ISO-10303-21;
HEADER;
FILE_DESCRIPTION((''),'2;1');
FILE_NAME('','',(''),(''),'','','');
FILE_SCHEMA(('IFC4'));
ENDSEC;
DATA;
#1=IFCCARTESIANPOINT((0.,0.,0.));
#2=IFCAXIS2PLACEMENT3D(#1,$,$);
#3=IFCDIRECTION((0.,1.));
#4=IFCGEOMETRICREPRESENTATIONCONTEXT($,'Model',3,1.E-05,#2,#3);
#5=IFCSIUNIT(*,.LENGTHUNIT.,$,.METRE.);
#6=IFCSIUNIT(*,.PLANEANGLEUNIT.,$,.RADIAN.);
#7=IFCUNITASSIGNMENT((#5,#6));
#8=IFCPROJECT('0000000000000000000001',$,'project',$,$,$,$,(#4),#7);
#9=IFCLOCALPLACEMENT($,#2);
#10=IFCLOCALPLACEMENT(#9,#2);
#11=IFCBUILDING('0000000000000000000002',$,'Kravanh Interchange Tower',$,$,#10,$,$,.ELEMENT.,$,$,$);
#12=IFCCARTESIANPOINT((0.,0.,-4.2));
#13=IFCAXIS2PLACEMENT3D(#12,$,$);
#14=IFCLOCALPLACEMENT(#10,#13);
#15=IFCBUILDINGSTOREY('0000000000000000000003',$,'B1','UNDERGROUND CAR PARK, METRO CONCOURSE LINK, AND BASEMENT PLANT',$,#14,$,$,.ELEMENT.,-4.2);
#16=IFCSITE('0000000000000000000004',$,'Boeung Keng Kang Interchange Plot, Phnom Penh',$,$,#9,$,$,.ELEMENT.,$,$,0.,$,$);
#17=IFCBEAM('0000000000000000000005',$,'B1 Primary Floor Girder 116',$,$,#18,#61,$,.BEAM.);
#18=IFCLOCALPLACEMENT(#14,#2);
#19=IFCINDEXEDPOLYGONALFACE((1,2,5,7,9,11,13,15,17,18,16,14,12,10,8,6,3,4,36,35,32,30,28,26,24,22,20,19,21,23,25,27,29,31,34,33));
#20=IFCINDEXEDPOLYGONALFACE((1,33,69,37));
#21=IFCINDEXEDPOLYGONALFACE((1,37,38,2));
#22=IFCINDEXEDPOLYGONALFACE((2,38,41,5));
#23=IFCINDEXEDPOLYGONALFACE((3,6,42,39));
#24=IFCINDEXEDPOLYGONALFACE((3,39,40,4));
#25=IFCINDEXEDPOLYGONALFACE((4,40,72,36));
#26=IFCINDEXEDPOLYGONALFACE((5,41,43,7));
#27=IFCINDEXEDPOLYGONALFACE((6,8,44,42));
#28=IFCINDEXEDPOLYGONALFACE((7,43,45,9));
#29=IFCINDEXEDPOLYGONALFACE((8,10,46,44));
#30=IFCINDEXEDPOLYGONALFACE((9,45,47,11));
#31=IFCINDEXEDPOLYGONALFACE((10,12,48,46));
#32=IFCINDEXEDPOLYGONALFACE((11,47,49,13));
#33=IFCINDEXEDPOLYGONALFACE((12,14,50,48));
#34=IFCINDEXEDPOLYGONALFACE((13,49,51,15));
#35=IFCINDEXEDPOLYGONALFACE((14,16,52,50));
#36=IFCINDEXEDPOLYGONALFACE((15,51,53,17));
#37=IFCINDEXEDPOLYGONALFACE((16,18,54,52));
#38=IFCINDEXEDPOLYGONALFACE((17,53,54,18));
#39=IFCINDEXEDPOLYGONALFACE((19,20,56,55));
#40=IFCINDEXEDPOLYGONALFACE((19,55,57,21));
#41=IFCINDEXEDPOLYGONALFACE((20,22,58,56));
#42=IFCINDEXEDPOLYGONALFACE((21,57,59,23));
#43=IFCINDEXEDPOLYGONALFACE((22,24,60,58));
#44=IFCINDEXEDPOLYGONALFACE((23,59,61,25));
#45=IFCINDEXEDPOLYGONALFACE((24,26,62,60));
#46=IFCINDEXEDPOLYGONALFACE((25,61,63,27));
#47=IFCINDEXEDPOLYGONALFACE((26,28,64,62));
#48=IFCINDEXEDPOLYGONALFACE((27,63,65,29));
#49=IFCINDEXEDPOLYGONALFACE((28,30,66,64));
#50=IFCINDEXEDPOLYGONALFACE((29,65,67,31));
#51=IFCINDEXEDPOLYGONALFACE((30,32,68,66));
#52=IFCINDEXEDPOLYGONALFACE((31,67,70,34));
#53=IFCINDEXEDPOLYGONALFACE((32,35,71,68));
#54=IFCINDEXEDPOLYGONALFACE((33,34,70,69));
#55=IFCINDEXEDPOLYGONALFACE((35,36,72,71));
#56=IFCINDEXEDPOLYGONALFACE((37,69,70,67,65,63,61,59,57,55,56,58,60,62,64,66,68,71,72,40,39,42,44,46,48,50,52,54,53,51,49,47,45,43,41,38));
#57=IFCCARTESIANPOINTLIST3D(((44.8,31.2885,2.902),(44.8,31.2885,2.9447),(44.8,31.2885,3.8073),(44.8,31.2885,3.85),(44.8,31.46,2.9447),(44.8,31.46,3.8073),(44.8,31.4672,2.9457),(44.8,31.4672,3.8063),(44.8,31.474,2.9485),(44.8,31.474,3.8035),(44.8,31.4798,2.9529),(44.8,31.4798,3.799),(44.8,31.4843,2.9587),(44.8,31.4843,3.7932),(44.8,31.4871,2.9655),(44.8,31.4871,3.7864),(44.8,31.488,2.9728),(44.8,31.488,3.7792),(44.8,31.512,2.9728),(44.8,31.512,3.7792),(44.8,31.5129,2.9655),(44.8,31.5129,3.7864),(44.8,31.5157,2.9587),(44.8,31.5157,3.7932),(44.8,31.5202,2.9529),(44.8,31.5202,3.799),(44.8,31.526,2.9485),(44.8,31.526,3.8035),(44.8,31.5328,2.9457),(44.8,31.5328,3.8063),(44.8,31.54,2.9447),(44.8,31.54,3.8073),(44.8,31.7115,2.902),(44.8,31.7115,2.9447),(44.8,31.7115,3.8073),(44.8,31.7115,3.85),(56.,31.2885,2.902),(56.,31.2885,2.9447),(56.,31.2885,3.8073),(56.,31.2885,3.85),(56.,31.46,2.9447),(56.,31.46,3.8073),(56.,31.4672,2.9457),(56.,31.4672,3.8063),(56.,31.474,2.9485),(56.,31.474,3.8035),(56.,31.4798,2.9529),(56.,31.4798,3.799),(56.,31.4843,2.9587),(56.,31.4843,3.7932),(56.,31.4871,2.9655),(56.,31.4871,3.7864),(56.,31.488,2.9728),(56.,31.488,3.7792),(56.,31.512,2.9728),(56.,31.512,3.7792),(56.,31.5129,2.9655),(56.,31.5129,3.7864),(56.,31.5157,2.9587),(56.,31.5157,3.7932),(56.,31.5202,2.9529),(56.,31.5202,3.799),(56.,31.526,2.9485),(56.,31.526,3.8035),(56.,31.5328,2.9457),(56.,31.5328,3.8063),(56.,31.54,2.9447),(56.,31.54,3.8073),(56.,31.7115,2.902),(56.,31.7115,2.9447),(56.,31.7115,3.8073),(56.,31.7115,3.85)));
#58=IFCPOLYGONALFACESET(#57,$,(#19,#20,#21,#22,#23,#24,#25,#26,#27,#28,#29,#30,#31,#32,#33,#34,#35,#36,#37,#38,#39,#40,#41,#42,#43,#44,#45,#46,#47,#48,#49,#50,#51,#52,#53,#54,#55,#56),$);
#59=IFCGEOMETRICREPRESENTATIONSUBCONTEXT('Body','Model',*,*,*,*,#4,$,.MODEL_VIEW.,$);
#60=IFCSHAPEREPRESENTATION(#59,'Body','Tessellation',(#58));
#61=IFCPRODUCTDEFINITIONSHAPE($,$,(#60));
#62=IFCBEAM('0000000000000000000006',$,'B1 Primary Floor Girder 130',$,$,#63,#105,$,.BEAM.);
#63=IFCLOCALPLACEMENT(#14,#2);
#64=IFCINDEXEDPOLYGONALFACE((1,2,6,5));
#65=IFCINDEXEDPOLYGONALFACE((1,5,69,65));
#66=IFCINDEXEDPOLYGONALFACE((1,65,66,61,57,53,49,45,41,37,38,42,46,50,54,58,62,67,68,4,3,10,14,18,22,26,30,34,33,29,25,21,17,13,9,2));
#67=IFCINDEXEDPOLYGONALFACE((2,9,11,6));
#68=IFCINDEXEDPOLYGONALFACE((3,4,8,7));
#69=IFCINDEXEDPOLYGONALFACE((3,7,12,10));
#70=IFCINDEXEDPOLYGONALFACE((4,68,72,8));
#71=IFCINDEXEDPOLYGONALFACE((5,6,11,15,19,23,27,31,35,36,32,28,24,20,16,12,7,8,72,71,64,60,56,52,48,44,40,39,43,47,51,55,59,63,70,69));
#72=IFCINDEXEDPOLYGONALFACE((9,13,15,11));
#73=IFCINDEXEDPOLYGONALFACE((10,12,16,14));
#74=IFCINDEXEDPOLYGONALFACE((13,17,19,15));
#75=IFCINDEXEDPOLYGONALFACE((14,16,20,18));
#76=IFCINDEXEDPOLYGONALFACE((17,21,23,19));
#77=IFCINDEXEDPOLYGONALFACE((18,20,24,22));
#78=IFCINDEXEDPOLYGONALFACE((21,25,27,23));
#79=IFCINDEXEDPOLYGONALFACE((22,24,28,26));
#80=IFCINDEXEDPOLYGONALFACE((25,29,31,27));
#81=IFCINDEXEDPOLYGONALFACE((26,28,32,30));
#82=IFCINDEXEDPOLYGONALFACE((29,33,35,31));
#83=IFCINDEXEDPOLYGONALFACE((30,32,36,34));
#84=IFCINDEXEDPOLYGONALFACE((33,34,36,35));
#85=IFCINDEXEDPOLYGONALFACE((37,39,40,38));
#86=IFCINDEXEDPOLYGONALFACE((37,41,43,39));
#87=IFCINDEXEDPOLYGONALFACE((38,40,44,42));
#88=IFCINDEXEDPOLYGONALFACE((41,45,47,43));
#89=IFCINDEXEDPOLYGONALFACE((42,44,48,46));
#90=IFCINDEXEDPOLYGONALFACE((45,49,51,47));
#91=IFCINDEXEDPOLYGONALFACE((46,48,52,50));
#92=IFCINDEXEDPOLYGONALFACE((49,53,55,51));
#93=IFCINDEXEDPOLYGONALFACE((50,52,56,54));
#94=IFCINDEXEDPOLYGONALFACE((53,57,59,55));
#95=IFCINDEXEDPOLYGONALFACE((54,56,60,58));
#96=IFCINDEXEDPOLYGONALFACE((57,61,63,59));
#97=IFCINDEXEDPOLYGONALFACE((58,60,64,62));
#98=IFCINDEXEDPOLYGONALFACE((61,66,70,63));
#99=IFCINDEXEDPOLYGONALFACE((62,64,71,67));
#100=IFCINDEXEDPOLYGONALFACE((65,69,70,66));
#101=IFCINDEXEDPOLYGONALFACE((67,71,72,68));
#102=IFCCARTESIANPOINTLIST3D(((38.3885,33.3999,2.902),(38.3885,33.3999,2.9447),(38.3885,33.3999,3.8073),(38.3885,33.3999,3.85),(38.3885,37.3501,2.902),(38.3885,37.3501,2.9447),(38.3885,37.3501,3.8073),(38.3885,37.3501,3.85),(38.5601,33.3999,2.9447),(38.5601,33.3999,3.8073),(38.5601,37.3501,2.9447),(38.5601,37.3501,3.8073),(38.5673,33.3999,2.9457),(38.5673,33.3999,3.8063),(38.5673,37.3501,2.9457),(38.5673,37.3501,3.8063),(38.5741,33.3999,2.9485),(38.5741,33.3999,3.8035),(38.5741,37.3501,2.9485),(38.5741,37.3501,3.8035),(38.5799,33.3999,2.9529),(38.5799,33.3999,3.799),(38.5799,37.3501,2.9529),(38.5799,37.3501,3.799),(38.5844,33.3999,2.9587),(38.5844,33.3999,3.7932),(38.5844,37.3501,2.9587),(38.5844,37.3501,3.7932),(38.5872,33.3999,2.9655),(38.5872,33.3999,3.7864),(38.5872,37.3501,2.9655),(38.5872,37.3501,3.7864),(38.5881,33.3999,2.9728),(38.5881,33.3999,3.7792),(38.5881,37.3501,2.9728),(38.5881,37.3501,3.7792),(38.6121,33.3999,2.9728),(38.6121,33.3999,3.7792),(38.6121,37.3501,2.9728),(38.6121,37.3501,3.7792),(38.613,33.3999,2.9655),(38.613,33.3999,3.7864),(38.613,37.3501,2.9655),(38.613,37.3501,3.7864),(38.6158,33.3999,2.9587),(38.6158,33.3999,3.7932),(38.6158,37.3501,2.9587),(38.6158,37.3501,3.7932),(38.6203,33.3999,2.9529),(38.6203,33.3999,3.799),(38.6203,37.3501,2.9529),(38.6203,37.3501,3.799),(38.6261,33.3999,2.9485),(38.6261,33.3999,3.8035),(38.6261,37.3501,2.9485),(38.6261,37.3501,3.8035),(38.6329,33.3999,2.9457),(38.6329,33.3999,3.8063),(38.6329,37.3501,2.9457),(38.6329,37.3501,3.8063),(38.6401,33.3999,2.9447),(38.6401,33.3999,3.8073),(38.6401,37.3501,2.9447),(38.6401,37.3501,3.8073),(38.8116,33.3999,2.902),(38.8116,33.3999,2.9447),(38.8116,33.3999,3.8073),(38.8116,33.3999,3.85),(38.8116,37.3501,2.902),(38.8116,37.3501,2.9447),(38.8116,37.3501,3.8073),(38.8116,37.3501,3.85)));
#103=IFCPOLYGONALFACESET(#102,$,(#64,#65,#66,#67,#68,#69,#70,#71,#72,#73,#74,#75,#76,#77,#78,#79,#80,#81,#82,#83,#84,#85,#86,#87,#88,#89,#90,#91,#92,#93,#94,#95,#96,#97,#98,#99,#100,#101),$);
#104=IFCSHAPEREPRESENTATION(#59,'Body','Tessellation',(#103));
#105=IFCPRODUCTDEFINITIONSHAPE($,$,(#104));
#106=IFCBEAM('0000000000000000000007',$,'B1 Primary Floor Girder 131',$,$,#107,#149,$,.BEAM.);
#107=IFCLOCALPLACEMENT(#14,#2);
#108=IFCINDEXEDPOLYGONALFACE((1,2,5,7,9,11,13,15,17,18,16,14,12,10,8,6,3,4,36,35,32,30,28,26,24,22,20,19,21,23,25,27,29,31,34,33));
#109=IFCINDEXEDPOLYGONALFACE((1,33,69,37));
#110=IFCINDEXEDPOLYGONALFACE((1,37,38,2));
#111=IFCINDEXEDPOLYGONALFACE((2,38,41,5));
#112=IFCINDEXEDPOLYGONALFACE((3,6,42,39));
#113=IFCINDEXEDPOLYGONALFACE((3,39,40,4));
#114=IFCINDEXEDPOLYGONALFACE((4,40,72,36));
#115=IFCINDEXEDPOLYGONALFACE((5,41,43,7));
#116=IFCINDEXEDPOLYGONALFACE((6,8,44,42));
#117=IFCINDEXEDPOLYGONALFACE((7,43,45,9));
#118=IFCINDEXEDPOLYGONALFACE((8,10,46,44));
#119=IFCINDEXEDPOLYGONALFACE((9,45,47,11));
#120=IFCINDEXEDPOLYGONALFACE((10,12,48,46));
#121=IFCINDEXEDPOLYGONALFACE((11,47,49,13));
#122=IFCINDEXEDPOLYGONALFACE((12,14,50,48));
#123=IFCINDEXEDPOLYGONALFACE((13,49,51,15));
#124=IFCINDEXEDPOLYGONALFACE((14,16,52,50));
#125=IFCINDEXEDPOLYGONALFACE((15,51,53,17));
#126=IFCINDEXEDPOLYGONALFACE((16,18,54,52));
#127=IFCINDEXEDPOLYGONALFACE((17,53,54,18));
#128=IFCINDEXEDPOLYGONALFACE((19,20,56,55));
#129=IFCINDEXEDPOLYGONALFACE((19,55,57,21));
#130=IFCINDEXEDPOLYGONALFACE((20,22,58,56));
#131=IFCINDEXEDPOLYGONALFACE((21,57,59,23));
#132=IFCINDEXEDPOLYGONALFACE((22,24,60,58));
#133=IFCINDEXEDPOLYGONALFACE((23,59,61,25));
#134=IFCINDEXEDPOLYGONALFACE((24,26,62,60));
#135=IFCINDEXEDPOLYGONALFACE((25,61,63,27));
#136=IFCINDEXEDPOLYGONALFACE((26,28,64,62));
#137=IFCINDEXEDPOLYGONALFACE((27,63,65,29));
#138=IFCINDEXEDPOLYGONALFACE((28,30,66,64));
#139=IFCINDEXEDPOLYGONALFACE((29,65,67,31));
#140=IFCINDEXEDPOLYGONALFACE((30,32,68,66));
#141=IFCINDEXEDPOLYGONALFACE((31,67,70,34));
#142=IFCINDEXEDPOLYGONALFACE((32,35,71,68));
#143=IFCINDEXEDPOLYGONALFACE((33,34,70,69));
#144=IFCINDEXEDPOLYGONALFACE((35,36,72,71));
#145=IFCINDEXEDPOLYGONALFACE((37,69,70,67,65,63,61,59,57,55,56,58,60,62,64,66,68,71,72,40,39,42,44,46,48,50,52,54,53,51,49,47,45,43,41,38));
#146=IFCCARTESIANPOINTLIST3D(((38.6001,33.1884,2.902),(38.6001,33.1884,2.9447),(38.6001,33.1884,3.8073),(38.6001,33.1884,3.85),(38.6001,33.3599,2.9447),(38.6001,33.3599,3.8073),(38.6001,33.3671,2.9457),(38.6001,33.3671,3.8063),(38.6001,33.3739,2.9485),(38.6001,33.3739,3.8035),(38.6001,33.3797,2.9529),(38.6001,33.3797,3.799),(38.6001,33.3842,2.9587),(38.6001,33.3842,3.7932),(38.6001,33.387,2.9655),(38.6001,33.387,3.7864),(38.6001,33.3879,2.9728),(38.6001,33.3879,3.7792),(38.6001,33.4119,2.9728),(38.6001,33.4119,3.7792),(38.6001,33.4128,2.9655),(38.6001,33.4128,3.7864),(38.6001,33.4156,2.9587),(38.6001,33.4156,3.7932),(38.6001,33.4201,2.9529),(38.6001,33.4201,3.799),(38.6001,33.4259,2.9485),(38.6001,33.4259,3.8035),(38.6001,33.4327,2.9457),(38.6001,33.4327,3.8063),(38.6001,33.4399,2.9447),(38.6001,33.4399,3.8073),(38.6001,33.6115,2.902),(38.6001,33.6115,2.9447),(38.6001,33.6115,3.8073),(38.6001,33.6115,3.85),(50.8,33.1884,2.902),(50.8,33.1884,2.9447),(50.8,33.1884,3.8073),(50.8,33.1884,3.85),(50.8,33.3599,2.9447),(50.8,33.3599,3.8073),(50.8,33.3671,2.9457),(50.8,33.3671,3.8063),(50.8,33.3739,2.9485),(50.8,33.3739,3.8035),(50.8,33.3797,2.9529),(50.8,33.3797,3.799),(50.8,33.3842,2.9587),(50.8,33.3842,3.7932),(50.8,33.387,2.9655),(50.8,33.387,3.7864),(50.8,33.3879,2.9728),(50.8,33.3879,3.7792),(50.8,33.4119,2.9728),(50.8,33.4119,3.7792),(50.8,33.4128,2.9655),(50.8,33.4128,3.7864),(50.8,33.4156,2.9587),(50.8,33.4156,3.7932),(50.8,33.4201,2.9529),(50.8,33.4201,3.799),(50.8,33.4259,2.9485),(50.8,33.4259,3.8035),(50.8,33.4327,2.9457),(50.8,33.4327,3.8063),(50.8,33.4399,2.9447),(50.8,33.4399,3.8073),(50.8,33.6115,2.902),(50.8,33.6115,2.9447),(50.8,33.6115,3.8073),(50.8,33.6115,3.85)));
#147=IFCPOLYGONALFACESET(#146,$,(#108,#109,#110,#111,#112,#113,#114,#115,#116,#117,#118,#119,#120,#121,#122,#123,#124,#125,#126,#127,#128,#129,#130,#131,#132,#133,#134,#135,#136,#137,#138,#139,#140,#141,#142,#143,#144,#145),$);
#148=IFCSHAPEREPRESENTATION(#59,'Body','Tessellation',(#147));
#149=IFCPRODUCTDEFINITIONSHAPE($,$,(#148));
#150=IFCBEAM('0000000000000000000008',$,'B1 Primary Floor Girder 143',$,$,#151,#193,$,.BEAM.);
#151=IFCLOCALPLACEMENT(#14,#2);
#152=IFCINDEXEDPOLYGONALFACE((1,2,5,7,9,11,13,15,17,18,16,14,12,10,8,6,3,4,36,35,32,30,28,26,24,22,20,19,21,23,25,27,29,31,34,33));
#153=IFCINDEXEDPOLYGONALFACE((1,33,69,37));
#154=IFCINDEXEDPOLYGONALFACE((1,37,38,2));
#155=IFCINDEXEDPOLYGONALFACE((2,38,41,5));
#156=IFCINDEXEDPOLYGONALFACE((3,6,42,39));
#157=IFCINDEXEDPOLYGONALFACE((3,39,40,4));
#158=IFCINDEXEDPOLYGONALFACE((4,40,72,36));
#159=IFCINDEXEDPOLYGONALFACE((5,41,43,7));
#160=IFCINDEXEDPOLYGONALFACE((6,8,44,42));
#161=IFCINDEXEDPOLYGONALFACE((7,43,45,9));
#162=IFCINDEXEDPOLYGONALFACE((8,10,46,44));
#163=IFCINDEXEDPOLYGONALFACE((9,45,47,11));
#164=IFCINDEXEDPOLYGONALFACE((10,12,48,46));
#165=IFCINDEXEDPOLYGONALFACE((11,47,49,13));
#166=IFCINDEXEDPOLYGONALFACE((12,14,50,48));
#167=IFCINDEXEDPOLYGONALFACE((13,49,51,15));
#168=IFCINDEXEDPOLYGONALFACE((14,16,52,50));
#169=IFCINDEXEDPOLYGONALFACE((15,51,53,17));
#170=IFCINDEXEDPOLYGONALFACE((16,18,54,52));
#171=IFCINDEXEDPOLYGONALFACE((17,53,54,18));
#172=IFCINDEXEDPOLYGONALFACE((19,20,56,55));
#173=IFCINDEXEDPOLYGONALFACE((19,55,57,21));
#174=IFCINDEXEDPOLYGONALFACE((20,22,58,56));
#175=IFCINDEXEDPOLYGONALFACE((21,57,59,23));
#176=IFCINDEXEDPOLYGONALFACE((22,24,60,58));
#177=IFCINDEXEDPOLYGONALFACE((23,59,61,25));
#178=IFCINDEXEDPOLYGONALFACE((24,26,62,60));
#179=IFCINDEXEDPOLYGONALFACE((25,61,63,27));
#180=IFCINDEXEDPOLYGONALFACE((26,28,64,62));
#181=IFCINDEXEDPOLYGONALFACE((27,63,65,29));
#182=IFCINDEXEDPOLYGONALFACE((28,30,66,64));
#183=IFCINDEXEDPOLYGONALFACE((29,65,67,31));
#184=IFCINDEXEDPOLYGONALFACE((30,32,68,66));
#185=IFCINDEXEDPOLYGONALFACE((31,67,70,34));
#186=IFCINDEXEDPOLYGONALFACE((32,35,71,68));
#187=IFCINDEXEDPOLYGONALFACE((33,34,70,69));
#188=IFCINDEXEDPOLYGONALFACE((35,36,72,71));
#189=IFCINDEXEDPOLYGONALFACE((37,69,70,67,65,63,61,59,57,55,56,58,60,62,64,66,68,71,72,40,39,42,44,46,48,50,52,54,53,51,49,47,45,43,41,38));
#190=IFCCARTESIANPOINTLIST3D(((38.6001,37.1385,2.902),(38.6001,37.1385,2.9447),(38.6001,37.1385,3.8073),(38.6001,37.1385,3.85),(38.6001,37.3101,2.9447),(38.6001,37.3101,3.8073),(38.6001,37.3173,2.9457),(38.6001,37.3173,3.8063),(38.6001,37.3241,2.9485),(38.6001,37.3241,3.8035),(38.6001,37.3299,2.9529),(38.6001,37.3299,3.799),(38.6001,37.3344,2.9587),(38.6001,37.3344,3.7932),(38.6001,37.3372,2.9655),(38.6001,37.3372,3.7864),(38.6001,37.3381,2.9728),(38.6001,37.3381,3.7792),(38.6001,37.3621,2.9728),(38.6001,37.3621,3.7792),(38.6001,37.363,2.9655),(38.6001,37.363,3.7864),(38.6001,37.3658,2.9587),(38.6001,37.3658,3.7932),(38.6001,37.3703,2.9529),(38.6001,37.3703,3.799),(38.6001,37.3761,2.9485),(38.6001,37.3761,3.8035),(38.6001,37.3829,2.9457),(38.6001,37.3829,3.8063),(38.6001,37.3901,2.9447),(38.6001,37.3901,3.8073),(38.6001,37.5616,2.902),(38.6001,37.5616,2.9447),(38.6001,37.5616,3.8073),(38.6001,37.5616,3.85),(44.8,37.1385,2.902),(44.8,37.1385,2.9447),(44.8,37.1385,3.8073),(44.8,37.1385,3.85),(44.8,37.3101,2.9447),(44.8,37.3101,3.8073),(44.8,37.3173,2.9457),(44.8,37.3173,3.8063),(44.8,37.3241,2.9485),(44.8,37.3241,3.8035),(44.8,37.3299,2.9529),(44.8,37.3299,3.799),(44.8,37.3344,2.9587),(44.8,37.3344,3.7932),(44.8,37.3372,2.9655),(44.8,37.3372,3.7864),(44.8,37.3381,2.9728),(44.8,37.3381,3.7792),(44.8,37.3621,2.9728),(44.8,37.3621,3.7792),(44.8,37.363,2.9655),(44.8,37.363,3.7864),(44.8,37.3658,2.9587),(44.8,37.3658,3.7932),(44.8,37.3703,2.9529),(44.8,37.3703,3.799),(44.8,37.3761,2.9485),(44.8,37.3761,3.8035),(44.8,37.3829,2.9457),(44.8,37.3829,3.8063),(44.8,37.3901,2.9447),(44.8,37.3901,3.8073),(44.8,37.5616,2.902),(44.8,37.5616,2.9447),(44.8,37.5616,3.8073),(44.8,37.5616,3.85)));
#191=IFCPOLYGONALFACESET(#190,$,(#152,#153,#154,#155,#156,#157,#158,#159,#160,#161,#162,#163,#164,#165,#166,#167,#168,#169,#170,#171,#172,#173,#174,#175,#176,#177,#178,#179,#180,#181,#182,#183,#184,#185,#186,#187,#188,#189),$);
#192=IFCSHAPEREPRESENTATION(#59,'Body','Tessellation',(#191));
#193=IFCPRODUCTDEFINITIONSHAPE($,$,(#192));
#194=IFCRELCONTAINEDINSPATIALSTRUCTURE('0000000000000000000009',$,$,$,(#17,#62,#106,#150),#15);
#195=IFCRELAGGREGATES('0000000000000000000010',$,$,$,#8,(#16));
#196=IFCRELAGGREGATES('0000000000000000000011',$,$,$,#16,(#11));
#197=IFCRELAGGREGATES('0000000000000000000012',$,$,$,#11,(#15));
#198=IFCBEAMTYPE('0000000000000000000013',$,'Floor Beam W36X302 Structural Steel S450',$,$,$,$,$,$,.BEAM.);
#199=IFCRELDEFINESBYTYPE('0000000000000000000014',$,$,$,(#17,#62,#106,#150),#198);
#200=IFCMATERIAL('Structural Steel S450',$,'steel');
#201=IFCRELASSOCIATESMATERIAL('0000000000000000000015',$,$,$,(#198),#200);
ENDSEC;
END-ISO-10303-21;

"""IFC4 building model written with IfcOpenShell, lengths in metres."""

from ifc_helpers import new_model, si_unit, direction, frame, origin, origin_2d, place, context, subcontext, project, spatial, i_section, extrude, material, material_profile, profile_set, type_object, element, save


model = new_model("IFC4")

# Units and contexts
model_context = context("Model", 3, precision=1e-05, world=origin(), true_north=direction((0.0, 1.0)))
body_context = subcontext(model_context, "Body", "Model", "MODEL_VIEW")
ifc_project = project(units=[si_unit("LENGTHUNIT", "METRE"), si_unit("PLANEANGLEUNIT", "RADIAN")], contexts=[model_context])

# Site, building, storey
site_placement = place(None, origin())
site = spatial("IfcSite", under=ifc_project, at=site_placement, Name="Boeung Keng Kang Interchange Plot, Phnom Penh", CompositionType="ELEMENT", RefElevation=0.0)
building_placement = place(site_placement, origin())
building = spatial("IfcBuilding", under=site, at=building_placement, Name="Kravanh Interchange Tower", CompositionType="ELEMENT")
storey_placement = place(building_placement, frame((0.0, 0.0, -4.2)))
storey = spatial("IfcBuildingStorey", under=building, at=storey_placement, Name="B1", Description="UNDERGROUND CAR PARK, METRO CONCOURSE LINK, AND BASEMENT PLANT", CompositionType="ELEMENT", Elevation=-4.2)

# Beams
ifc_material_1 = material(Name="Structural Steel S450", Category="steel")
ifc_material_profile_1 = material_profile(ifc_material_1, i_section(OverallWidth=0.4231, OverallDepth=0.948, WebThickness=0.0239, FlangeThickness=0.0427, FilletRadius=0.0281, at=origin_2d()), Name="W36X302")
ifc_profile_set_1 = profile_set([ifc_material_profile_1], Name="Structural Steel S450")
beam_type_1 = type_object("IfcBeamType", Name="Floor Beam W36X302 Structural Steel S450", PredefinedType="BEAM", material=ifc_profile_set_1)
beam_1_placement = place(storey_placement, frame((44.8, 31.5, 3.376), z_axis=(1.0, 0.0, 0.0), x_axis=(0.0, 1.0, 0.0)))
element("IfcBeam", 1, at=beam_1_placement, inside=storey, type_object=beam_type_1, Name="B1 Primary Floor Girder 116", PredefinedType="BEAM", context=body_context, shape_type="SweptSolid", body=[
    extrude(i_section(OverallWidth=0.4231, OverallDepth=0.948, WebThickness=0.0239, FlangeThickness=0.0427, FilletRadius=0.0281, at=origin_2d()), origin(), (0.0, 0.0, 1.0), 11.2),
])
beam_2_placement = place(storey_placement, frame((38.6001, 33.3999, 3.376), z_axis=(0.0, 1.0, 0.0), x_axis=(-1.0, 0.0, 0.0)))
element("IfcBeam", 2, at=beam_2_placement, inside=storey, type_object=beam_type_1, Name="B1 Primary Floor Girder 130", PredefinedType="BEAM", context=body_context, shape_type="SweptSolid", body=[
    extrude(i_section(OverallWidth=0.4231, OverallDepth=0.948, WebThickness=0.0239, FlangeThickness=0.0427, FilletRadius=0.0281, at=origin_2d()), origin(), (0.0, 0.0, 1.0), 3.9502),
])
beam_3_placement = place(storey_placement, frame((38.6001, 33.3999, 3.376), z_axis=(1.0, 0.0, 0.0), x_axis=(0.0, 1.0, 0.0)))
element("IfcBeam", 3, at=beam_3_placement, inside=storey, type_object=beam_type_1, Name="B1 Primary Floor Girder 131", PredefinedType="BEAM", context=body_context, shape_type="SweptSolid", body=[
    extrude(i_section(OverallWidth=0.4231, OverallDepth=0.948, WebThickness=0.0239, FlangeThickness=0.0427, FilletRadius=0.0281, at=origin_2d()), origin(), (0.0, 0.0, 1.0), 12.2),
])
beam_4_placement = place(storey_placement, frame((44.8, 37.3501, 3.376), z_axis=(-1.0, 0.0, 0.0), x_axis=(0.0, -1.0, 0.0)))
element("IfcBeam", 4, at=beam_4_placement, inside=storey, type_object=beam_type_1, Name="B1 Primary Floor Girder 143", PredefinedType="BEAM", context=body_context, shape_type="SweptSolid", body=[
    extrude(i_section(OverallWidth=0.4231, OverallDepth=0.948, WebThickness=0.0239, FlangeThickness=0.0427, FilletRadius=0.0281, at=origin_2d()), origin(), (0.0, 0.0, 1.0), 6.2),
])

save(model, "model.ifc")
